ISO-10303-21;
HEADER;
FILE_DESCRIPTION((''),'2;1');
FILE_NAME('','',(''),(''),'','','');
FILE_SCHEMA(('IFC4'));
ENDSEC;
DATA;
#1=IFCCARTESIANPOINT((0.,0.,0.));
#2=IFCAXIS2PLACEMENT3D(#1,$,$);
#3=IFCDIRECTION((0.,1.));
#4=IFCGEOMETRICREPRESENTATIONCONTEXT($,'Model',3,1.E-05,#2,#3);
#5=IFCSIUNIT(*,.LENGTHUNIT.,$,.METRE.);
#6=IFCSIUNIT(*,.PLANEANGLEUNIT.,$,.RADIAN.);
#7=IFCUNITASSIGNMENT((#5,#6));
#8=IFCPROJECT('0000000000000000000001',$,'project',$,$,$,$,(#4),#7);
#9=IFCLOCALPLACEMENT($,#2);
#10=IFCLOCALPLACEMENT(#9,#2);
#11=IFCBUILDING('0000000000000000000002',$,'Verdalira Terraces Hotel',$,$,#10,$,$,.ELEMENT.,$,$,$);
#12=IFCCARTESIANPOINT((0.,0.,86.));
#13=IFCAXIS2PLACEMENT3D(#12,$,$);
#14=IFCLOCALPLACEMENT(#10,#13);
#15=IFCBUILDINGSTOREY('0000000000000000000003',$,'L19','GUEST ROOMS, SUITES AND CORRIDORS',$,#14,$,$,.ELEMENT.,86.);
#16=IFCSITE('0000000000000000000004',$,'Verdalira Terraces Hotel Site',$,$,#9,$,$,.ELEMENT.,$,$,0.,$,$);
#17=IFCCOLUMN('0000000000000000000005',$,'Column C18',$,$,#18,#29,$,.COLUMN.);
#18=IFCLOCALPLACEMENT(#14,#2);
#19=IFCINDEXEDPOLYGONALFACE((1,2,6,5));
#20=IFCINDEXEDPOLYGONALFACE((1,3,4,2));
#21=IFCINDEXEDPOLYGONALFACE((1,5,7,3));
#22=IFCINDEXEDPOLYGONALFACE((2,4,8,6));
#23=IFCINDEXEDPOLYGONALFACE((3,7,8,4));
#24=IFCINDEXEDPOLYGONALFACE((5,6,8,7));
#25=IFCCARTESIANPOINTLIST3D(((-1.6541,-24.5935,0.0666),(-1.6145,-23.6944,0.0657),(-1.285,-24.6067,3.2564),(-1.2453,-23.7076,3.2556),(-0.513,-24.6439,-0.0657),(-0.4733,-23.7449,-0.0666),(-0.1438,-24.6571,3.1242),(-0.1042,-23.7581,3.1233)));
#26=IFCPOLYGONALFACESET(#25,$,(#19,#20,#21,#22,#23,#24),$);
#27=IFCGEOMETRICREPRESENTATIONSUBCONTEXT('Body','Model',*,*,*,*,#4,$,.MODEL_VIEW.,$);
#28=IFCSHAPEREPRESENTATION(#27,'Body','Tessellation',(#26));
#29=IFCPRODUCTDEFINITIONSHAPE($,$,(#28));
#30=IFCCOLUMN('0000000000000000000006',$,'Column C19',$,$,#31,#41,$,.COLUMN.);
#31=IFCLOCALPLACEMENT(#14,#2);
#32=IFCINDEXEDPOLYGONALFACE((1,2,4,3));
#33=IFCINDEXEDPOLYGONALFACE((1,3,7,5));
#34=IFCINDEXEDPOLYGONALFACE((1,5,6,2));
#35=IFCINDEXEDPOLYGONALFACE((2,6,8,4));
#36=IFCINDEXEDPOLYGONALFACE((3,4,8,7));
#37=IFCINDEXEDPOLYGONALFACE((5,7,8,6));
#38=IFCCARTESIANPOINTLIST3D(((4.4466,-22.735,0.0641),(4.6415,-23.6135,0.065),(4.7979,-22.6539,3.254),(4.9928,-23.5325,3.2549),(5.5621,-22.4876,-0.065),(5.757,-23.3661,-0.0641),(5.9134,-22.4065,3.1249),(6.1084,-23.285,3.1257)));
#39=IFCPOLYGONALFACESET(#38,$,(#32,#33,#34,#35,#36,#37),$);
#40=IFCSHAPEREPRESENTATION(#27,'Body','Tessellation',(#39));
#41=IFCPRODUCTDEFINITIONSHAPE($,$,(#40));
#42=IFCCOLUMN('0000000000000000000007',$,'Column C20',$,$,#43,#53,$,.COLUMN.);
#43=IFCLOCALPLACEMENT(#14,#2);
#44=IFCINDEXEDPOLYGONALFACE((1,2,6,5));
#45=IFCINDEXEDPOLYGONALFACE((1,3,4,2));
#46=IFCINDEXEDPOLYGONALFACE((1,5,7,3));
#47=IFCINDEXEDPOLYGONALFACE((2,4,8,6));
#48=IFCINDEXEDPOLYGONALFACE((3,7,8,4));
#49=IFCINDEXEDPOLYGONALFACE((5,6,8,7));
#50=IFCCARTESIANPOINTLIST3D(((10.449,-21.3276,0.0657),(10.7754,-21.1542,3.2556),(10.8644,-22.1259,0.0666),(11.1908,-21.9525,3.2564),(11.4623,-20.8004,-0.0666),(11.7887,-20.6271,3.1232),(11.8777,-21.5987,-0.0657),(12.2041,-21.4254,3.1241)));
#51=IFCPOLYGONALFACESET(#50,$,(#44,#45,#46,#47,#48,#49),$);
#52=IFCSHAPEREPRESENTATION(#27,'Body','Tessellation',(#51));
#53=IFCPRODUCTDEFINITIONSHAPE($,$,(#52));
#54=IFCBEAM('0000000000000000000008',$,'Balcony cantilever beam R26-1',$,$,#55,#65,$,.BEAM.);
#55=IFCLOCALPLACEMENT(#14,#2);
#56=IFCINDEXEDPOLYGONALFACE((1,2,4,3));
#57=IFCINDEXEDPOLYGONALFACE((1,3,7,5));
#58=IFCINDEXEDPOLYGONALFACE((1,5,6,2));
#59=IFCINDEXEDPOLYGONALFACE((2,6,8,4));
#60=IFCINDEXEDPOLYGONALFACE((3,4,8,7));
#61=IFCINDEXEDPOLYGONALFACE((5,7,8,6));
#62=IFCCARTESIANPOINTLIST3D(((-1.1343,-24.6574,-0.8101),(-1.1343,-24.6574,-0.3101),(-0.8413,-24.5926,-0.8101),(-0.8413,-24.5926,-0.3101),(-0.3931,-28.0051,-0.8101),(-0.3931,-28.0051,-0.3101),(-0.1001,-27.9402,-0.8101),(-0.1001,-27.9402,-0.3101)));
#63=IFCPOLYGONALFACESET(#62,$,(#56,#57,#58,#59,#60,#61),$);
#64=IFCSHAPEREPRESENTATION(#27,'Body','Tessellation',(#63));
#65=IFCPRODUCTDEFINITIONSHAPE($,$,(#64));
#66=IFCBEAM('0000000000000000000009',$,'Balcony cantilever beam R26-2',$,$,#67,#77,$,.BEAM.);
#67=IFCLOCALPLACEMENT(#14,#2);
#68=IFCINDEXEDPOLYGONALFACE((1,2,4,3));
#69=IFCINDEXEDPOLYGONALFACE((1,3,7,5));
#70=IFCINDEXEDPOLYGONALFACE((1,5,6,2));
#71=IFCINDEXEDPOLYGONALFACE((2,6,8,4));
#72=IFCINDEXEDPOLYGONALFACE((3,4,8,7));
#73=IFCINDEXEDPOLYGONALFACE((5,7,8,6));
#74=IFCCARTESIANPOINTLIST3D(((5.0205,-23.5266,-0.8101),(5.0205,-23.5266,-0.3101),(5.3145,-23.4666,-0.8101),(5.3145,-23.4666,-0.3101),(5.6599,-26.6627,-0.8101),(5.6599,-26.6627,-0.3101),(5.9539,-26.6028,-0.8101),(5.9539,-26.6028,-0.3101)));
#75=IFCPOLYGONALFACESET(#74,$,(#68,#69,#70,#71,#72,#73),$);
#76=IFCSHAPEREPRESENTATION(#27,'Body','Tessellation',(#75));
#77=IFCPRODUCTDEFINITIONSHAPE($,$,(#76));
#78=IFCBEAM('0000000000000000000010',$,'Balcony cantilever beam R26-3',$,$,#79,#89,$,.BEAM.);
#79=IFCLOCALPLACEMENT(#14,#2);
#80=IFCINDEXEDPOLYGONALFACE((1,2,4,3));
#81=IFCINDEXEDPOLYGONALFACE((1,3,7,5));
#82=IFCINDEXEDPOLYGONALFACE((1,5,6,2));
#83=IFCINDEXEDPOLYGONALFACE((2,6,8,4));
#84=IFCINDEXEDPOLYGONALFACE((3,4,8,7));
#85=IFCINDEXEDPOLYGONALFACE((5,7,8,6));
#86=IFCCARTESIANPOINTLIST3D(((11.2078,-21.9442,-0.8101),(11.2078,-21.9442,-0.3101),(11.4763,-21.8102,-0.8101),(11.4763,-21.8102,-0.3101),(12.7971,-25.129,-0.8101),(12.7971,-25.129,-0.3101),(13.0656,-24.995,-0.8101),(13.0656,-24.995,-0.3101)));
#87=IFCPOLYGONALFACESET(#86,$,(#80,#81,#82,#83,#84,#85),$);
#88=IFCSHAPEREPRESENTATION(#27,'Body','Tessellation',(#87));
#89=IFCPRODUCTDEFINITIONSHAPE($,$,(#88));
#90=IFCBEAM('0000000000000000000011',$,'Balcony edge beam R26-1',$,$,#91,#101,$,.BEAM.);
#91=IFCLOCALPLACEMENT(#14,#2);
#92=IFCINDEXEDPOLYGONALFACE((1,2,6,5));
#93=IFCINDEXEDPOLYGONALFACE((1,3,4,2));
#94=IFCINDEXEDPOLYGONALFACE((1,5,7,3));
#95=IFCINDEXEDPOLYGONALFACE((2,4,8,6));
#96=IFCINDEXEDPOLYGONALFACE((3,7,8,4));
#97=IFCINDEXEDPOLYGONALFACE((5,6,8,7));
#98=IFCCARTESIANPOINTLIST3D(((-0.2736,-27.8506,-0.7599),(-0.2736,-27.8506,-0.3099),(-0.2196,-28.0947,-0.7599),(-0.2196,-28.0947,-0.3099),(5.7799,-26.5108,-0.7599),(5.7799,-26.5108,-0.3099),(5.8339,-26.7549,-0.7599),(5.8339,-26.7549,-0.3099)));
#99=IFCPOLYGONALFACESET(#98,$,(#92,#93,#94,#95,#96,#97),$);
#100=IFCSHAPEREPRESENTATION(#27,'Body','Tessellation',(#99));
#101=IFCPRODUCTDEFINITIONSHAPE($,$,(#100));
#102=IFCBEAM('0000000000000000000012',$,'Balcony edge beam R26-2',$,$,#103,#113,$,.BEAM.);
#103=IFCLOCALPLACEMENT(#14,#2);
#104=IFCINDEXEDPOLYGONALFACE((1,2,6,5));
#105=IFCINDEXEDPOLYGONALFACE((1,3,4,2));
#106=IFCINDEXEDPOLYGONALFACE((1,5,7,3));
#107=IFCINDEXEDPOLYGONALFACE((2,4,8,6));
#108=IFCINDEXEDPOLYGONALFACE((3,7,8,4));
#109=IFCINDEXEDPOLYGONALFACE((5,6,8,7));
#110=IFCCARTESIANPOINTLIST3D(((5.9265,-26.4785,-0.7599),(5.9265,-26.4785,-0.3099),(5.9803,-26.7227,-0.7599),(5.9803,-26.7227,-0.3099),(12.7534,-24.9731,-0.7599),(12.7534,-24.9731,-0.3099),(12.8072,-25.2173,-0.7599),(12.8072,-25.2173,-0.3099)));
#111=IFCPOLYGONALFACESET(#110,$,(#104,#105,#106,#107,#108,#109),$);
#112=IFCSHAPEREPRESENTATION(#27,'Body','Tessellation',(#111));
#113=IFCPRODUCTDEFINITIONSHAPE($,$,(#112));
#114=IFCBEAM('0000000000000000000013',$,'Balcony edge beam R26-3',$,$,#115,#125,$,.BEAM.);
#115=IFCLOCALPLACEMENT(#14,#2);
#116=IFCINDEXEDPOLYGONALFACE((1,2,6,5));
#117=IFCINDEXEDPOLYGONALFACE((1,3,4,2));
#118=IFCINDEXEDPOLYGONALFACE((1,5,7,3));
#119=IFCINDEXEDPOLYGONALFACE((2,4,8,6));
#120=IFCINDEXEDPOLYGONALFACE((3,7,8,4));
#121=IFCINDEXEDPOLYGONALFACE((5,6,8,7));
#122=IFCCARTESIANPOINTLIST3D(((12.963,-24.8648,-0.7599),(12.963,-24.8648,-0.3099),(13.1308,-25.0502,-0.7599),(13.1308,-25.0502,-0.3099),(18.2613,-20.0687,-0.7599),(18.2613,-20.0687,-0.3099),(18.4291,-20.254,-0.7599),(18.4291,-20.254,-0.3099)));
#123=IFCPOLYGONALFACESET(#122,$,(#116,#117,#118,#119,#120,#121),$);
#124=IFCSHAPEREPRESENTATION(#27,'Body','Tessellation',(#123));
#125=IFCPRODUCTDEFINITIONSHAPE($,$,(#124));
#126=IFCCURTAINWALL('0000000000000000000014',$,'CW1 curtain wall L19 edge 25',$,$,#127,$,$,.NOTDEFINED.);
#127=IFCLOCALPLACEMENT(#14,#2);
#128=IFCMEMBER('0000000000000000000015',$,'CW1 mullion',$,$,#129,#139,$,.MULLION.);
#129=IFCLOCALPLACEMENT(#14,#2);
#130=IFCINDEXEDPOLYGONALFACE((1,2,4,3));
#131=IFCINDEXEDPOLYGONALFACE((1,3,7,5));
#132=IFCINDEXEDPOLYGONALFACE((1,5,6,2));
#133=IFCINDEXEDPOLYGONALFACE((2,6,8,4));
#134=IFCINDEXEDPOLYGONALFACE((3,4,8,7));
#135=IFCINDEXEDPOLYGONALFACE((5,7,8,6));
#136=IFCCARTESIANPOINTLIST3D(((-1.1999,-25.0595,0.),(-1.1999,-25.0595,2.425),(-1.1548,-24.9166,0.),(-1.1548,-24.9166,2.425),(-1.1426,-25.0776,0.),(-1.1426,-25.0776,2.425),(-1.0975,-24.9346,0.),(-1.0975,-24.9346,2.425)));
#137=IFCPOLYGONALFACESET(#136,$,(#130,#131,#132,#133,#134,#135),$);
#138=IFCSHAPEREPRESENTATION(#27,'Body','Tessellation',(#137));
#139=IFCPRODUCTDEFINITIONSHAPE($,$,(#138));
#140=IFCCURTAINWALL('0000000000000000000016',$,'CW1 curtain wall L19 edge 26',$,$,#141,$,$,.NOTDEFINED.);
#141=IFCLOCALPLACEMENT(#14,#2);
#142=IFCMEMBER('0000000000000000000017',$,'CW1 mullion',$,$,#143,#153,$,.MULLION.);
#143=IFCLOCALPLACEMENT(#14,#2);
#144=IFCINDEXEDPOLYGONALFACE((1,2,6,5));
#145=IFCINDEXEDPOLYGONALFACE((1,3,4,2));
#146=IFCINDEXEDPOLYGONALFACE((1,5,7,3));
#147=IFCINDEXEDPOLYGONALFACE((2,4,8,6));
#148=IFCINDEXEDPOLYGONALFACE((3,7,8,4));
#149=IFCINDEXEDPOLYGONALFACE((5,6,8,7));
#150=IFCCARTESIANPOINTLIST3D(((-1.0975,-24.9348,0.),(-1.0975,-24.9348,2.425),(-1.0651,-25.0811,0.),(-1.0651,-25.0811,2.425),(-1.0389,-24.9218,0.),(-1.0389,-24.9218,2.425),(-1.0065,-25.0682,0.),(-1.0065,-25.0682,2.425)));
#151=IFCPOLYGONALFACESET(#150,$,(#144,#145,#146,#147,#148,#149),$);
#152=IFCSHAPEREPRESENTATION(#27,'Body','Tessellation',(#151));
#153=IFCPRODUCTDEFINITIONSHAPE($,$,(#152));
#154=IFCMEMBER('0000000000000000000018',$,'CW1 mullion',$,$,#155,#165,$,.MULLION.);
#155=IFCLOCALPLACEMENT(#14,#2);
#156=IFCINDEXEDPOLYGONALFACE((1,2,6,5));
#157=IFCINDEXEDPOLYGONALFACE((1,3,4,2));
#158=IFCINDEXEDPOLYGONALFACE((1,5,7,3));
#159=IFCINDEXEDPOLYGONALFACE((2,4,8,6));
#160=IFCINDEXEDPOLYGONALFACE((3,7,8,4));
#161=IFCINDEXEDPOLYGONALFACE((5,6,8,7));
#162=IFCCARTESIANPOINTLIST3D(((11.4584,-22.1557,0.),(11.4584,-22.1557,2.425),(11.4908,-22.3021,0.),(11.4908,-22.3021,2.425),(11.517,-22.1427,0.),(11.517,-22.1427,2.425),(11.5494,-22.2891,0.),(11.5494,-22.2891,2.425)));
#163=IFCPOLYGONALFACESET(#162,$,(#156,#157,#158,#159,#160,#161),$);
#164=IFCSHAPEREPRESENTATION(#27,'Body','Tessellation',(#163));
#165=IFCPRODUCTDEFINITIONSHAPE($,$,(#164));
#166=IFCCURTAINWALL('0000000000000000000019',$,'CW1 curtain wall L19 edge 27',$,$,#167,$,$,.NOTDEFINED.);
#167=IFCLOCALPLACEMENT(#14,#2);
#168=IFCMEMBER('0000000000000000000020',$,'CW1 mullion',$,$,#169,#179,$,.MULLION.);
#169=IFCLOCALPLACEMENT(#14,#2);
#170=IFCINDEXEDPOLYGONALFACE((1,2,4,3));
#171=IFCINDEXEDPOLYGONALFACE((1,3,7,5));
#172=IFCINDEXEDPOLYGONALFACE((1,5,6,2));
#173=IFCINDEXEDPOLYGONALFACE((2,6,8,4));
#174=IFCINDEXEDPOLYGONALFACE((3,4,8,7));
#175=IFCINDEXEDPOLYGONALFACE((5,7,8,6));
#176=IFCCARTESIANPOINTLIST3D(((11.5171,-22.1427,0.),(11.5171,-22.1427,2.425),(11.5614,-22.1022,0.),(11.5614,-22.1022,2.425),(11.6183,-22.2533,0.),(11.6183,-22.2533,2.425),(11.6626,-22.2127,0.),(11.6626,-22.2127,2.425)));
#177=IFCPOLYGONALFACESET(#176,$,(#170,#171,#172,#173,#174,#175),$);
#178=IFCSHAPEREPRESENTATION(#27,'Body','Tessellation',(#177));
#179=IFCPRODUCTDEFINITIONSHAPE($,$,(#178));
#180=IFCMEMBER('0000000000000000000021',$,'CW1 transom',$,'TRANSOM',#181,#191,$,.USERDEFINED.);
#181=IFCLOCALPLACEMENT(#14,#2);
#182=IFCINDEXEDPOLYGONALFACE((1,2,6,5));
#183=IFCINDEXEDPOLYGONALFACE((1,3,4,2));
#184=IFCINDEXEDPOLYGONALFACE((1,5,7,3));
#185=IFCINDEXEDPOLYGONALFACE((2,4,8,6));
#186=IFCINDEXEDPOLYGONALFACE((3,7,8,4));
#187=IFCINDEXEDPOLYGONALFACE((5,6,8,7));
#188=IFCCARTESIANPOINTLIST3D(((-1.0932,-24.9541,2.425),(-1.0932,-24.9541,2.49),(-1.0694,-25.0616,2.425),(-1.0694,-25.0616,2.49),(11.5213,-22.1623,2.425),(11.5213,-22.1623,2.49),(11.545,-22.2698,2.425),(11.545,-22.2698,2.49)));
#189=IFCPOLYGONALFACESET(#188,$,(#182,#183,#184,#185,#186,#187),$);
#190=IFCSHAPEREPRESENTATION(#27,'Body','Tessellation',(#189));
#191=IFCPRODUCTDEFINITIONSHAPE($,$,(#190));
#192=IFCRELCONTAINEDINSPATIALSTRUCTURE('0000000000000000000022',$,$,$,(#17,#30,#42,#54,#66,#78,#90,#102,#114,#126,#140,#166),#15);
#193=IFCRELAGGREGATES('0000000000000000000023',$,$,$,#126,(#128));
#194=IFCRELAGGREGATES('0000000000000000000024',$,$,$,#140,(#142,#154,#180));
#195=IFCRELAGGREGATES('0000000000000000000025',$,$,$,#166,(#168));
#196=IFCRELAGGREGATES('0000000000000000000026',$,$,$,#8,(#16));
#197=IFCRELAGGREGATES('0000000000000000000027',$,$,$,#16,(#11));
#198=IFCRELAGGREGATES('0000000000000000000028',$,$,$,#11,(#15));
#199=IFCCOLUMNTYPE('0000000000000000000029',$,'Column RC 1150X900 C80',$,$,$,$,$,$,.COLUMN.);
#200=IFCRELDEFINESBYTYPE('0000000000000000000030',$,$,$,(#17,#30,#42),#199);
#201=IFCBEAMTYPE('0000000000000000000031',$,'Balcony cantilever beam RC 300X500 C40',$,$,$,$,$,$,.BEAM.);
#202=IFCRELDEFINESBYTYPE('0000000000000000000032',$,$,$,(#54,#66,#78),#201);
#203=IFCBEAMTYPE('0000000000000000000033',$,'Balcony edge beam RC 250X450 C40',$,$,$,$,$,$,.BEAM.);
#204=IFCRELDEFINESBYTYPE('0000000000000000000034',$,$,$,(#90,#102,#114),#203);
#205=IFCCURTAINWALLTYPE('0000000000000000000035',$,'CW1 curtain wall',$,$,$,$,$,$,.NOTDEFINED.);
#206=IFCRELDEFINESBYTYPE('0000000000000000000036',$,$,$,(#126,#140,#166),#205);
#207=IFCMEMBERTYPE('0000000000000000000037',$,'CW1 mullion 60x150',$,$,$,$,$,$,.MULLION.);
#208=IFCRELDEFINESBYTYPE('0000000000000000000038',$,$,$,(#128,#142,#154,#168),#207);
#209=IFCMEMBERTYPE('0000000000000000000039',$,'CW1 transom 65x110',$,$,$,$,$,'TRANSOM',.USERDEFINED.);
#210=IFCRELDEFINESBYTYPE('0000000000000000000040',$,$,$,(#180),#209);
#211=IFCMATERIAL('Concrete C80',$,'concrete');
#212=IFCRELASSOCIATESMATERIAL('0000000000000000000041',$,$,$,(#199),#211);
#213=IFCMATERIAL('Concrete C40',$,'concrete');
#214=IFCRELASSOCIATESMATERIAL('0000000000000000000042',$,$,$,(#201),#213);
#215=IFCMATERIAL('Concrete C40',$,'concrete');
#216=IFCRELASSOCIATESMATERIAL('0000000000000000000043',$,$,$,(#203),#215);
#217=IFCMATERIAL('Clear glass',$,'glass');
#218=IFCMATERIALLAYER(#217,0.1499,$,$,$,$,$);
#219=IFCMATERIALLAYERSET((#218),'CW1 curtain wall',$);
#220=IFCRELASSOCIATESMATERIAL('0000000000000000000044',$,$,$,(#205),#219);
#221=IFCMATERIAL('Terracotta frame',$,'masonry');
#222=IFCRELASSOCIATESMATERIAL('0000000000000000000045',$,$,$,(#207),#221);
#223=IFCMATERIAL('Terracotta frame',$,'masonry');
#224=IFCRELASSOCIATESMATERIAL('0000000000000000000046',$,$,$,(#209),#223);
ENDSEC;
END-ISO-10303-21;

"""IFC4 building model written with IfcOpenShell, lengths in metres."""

from ifc_helpers import new_model, si_unit, direction, frame, origin, origin_2d, place, context, subcontext, project, spatial, rectangle, extrude, material, layer, layer_set, material_profile, profile_set, type_object, element, aggregate, save


model = new_model("IFC4")

# Units and contexts
model_context = context("Model", 3, precision=1e-05, world=origin(), true_north=direction((0.0, 1.0)))
body_context = subcontext(model_context, "Body", "Model", "MODEL_VIEW")
ifc_project = project(units=[si_unit("LENGTHUNIT", "METRE"), si_unit("PLANEANGLEUNIT", "RADIAN")], contexts=[model_context])

# Site, building, storey
site_placement = place(None, origin())
site = spatial("IfcSite", under=ifc_project, at=site_placement, Name="Verdalira Terraces Hotel Site", CompositionType="ELEMENT", RefElevation=0.0)
building_placement = place(site_placement, origin())
building = spatial("IfcBuilding", under=site, at=building_placement, Name="Verdalira Terraces Hotel", CompositionType="ELEMENT")
storey_placement = place(building_placement, frame((0.0, 0.0, 86.0)))
storey = spatial("IfcBuildingStorey", under=building, at=storey_placement, Name="L19", Description="GUEST ROOMS, SUITES AND CORRIDORS", CompositionType="ELEMENT", Elevation=86.0)

# Columns
ifc_material_1 = material(Name="Concrete C80", Category="concrete")
ifc_material_profile_1 = material_profile(ifc_material_1, rectangle(XDim=1.1499, YDim=0.8999, at=origin_2d()), Name="RC 1150X900")
ifc_profile_set_1 = profile_set([ifc_material_profile_1], Name="Concrete C80")
column_type = type_object("IfcColumnType", Name="Column RC 1150X900 C80", PredefinedType="COLUMN", material=ifc_profile_set_1)
column_1_placement = place(storey_placement, frame((-1.0637, -24.1692, 0.0), z_axis=(0.114952, -0.004105, 0.993363), x_axis=(-0.992393, 0.043881, 0.115021)))
element("IfcColumn", 1, at=column_1_placement, inside=storey, type_object=column_type, Name="Column C18", PredefinedType="COLUMN", context=body_context, shape_type="SweptSolid", body=[
    extrude(rectangle(XDim=1.1499, YDim=0.8999, at=origin_2d()), origin(), (0.0, 0.0, 1.0), 3.2112),
])
column_2_placement = place(storey_placement, frame((5.1018, -23.0505, 0.0), z_axis=(0.109436, 0.025249, 0.993673), x_axis=(0.970099, 0.215164, -0.112307)))
element("IfcColumn", 2, at=column_2_placement, inside=storey, type_object=column_type, Name="Column C19", PredefinedType="COLUMN", context=body_context, shape_type="SweptSolid", body=[
    extrude(rectangle(XDim=1.1499, YDim=0.8999, at=origin_2d()), origin(), (0.0, 0.0, 1.0), 3.2102),
])
column_3_placement = place(storey_placement, frame((11.1633, -21.4631, 0.0), z_axis=(0.101647, 0.053978, 0.993355), x_axis=(-0.881248, -0.458429, 0.115086)))
element("IfcColumn", 3, at=column_3_placement, inside=storey, type_object=column_type, Name="Column C20", PredefinedType="COLUMN", context=body_context, shape_type="SweptSolid", body=[
    extrude(rectangle(XDim=1.1499, YDim=0.8999, at=origin_2d()), origin(), (0.0, 0.0, 1.0), 3.2112),
])

# Beams
ifc_material_2 = material(Name="Concrete C40", Category="concrete")
ifc_material_profile_2 = material_profile(ifc_material_2, rectangle(XDim=0.3, YDim=0.5, at=origin_2d()), Name="RC 300X500")
ifc_profile_set_2 = profile_set([ifc_material_profile_2], Name="Concrete C40")
beam_type_1 = type_object("IfcBeamType", Name="Balcony cantilever beam RC 300X500 C40", PredefinedType="BEAM", material=ifc_profile_set_2)
beam_1_placement = place(storey_placement, frame((-0.9878, -24.625, -0.5601), z_axis=(0.216176, -0.976354, 0.0), x_axis=(0.976354, 0.216176, 0.0)))
element("IfcBeam", 4, at=beam_1_placement, inside=storey, type_object=beam_type_1, Name="Balcony cantilever beam R26-1", PredefinedType="BEAM", context=body_context, shape_type="SweptSolid", body=[
    extrude(rectangle(XDim=0.3, YDim=0.5, at=origin_2d()), origin(), (0.0, 0.0, 1.0), 3.4287),
])
beam_2_placement = place(storey_placement, frame((5.1675, -23.4966, -0.5601), z_axis=(0.199767, -0.979843, 0.0), x_axis=(0.979843, 0.199767, 0.0)))
element("IfcBeam", 5, at=beam_2_placement, inside=storey, type_object=beam_type_1, Name="Balcony cantilever beam R26-2", PredefinedType="BEAM", context=body_context, shape_type="SweptSolid", body=[
    extrude(rectangle(XDim=0.3, YDim=0.5, at=origin_2d()), origin(), (0.0, 0.0, 1.0), 3.2007),
])
beam_3_placement = place(storey_placement, frame((11.342, -21.8772, -0.5601), z_axis=(0.446528, -0.89477, 0.0), x_axis=(0.89477, 0.446528, 0.0)))
element("IfcBeam", 6, at=beam_3_placement, inside=storey, type_object=beam_type_1, Name="Balcony cantilever beam R26-3", PredefinedType="BEAM", context=body_context, shape_type="SweptSolid", body=[
    extrude(rectangle(XDim=0.3, YDim=0.5, at=origin_2d()), origin(), (0.0, 0.0, 1.0), 3.5593),
])
ifc_material_3 = material(Name="Concrete C40", Category="concrete")
ifc_material_profile_3 = material_profile(ifc_material_3, rectangle(XDim=0.25, YDim=0.45, at=origin_2d()), Name="RC 250X450")
ifc_profile_set_3 = profile_set([ifc_material_profile_3], Name="Concrete C40")
beam_type_2 = type_object("IfcBeamType", Name="Balcony edge beam RC 250X450 C40", PredefinedType="BEAM", material=ifc_profile_set_3)
beam_4_placement = place(storey_placement, frame((-0.2466, -27.9727, -0.5349), z_axis=(0.97637, 0.216105, 0.0), x_axis=(-0.216105, 0.97637, 0.0)))
element("IfcBeam", 7, at=beam_4_placement, inside=storey, type_object=beam_type_2, Name="Balcony edge beam R26-1", PredefinedType="BEAM", context=body_context, shape_type="SweptSolid", body=[
    extrude(rectangle(XDim=0.25, YDim=0.45, at=origin_2d()), origin(), (0.0, 0.0, 1.0), 6.2),
])
beam_5_placement = place(storey_placement, frame((5.9534, -26.6006, -0.5349), z_axis=(0.976541, 0.215333, 0.0), x_axis=(-0.215333, 0.976541, 0.0)))
element("IfcBeam", 8, at=beam_5_placement, inside=storey, type_object=beam_type_2, Name="Balcony edge beam R26-2", PredefinedType="BEAM", context=body_context, shape_type="SweptSolid", body=[
    extrude(rectangle(XDim=0.25, YDim=0.45, at=origin_2d()), origin(), (0.0, 0.0, 1.0), 6.991),
])
beam_6_placement = place(storey_placement, frame((13.0469, -24.9575, -0.5349), z_axis=(0.741368, 0.671098, 0.0), x_axis=(-0.671098, 0.741368, 0.0)))
element("IfcBeam", 9, at=beam_6_placement, inside=storey, type_object=beam_type_2, Name="Balcony edge beam R26-3", PredefinedType="BEAM", context=body_context, shape_type="SweptSolid", body=[
    extrude(rectangle(XDim=0.25, YDim=0.45, at=origin_2d()), origin(), (0.0, 0.0, 1.0), 7.1467),
])

# Curtain wall, member
ifc_material_4 = material(Name="Clear glass", Category="glass")
ifc_layer_1 = layer(ifc_material_4, 0.1499)
ifc_layer_set_1 = layer_set([ifc_layer_1], Name="CW1 curtain wall")
curtain_wall_type = type_object("IfcCurtainWallType", Name="CW1 curtain wall", PredefinedType="NOTDEFINED", material=ifc_layer_set_1)
curtain_wall_1_placement = place(storey_placement, origin())
curtain_wall_1 = element("IfcCurtainWall", 10, at=curtain_wall_1_placement, inside=storey, type_object=curtain_wall_type, Name="CW1 curtain wall L19 edge 25", PredefinedType="NOTDEFINED")
ifc_material_5 = material(Name="Terracotta frame", Category="masonry")
ifc_material_profile_4 = material_profile(ifc_material_5, rectangle(XDim=0.0601, YDim=0.1499, at=origin_2d()), Name="MU 60x150")
ifc_profile_set_4 = profile_set([ifc_material_profile_4], Name="Terracotta frame")
member_type_1 = type_object("IfcMemberType", Name="CW1 mullion 60x150", PredefinedType="MULLION", material=ifc_profile_set_4)
member_1_placement = place(storey_placement, frame((-1.1487, -24.9971, 0.0), z_axis=(0.0, 0.0, 1.0), x_axis=(0.953612, -0.301039, 0.0)))
member_1 = element("IfcMember", 11, at=member_1_placement, type_object=member_type_1, Name="CW1 mullion", PredefinedType="MULLION", context=body_context, shape_type="SweptSolid", body=[
    extrude(rectangle(XDim=0.0601, YDim=0.1499, at=origin_2d()), origin(), (0.0, 0.0, 1.0), 2.425),
])
aggregate(curtain_wall_1, [member_1])

# Curtain wall, members
curtain_wall_2_placement = place(storey_placement, origin())
curtain_wall_2 = element("IfcCurtainWall", 12, at=curtain_wall_2_placement, inside=storey, type_object=curtain_wall_type, Name="CW1 curtain wall L19 edge 26", PredefinedType="NOTDEFINED")
member_2_placement = place(storey_placement, frame((-1.052, -25.0015, 0.0), z_axis=(0.0, 0.0, 1.0), x_axis=(0.976371, 0.216099, 0.0)))
member_2 = element("IfcMember", 13, at=member_2_placement, type_object=member_type_1, Name="CW1 mullion", PredefinedType="MULLION", context=body_context, shape_type="SweptSolid", body=[
    extrude(rectangle(XDim=0.0601, YDim=0.1499, at=origin_2d()), origin(), (0.0, 0.0, 1.0), 2.425),
])
member_3_placement = place(storey_placement, frame((11.5039, -22.2224, 0.0), z_axis=(0.0, 0.0, 1.0), x_axis=(0.976371, 0.216099, 0.0)))
member_3 = element("IfcMember", 14, at=member_3_placement, type_object=member_type_1, Name="CW1 mullion", PredefinedType="MULLION", context=body_context, shape_type="SweptSolid", body=[
    extrude(rectangle(XDim=0.0601, YDim=0.1499, at=origin_2d()), origin(), (0.0, 0.0, 1.0), 2.425),
])

# Curtain wall, member
curtain_wall_3_placement = place(storey_placement, origin())
curtain_wall_3 = element("IfcCurtainWall", 15, at=curtain_wall_3_placement, inside=storey, type_object=curtain_wall_type, Name="CW1 curtain wall L19 edge 27", PredefinedType="NOTDEFINED")
member_4_placement = place(storey_placement, frame((11.5898, -22.1777, 0.0), z_axis=(0.0, 0.0, 1.0), x_axis=(0.737513, 0.675333, 0.0)))
member_4 = element("IfcMember", 16, at=member_4_placement, type_object=member_type_1, Name="CW1 mullion", PredefinedType="MULLION", context=body_context, shape_type="SweptSolid", body=[
    extrude(rectangle(XDim=0.0601, YDim=0.1499, at=origin_2d()), origin(), (0.0, 0.0, 1.0), 2.425),
])

# Member
ifc_material_6 = material(Name="Terracotta frame", Category="masonry")
ifc_material_profile_5 = material_profile(ifc_material_6, rectangle(XDim=0.1101, YDim=0.0649, at=origin_2d()), Name="TR 65x110")
ifc_profile_set_5 = profile_set([ifc_material_profile_5], Name="Terracotta frame")
member_type_2 = type_object("IfcMemberType", Name="CW1 transom 65x110", ElementType="TRANSOM", PredefinedType="USERDEFINED", material=ifc_profile_set_5)
member_5_placement = place(storey_placement, frame((-1.0813, -25.0078, 2.4575), z_axis=(0.976375, 0.216084, 0.0), x_axis=(-0.216084, 0.976375, 0.0)))
member_5 = element("IfcMember", 17, at=member_5_placement, type_object=member_type_2, Name="CW1 transom", ObjectType="TRANSOM", PredefinedType="USERDEFINED", context=body_context, shape_type="SweptSolid", body=[
    extrude(rectangle(XDim=0.1101, YDim=0.0649, at=origin_2d()), origin(), (0.0, 0.0, 1.0), 12.9197),
])

aggregate(curtain_wall_2, [member_2, member_3, member_5])
aggregate(curtain_wall_3, [member_4])

save(model, "model.ifc")
